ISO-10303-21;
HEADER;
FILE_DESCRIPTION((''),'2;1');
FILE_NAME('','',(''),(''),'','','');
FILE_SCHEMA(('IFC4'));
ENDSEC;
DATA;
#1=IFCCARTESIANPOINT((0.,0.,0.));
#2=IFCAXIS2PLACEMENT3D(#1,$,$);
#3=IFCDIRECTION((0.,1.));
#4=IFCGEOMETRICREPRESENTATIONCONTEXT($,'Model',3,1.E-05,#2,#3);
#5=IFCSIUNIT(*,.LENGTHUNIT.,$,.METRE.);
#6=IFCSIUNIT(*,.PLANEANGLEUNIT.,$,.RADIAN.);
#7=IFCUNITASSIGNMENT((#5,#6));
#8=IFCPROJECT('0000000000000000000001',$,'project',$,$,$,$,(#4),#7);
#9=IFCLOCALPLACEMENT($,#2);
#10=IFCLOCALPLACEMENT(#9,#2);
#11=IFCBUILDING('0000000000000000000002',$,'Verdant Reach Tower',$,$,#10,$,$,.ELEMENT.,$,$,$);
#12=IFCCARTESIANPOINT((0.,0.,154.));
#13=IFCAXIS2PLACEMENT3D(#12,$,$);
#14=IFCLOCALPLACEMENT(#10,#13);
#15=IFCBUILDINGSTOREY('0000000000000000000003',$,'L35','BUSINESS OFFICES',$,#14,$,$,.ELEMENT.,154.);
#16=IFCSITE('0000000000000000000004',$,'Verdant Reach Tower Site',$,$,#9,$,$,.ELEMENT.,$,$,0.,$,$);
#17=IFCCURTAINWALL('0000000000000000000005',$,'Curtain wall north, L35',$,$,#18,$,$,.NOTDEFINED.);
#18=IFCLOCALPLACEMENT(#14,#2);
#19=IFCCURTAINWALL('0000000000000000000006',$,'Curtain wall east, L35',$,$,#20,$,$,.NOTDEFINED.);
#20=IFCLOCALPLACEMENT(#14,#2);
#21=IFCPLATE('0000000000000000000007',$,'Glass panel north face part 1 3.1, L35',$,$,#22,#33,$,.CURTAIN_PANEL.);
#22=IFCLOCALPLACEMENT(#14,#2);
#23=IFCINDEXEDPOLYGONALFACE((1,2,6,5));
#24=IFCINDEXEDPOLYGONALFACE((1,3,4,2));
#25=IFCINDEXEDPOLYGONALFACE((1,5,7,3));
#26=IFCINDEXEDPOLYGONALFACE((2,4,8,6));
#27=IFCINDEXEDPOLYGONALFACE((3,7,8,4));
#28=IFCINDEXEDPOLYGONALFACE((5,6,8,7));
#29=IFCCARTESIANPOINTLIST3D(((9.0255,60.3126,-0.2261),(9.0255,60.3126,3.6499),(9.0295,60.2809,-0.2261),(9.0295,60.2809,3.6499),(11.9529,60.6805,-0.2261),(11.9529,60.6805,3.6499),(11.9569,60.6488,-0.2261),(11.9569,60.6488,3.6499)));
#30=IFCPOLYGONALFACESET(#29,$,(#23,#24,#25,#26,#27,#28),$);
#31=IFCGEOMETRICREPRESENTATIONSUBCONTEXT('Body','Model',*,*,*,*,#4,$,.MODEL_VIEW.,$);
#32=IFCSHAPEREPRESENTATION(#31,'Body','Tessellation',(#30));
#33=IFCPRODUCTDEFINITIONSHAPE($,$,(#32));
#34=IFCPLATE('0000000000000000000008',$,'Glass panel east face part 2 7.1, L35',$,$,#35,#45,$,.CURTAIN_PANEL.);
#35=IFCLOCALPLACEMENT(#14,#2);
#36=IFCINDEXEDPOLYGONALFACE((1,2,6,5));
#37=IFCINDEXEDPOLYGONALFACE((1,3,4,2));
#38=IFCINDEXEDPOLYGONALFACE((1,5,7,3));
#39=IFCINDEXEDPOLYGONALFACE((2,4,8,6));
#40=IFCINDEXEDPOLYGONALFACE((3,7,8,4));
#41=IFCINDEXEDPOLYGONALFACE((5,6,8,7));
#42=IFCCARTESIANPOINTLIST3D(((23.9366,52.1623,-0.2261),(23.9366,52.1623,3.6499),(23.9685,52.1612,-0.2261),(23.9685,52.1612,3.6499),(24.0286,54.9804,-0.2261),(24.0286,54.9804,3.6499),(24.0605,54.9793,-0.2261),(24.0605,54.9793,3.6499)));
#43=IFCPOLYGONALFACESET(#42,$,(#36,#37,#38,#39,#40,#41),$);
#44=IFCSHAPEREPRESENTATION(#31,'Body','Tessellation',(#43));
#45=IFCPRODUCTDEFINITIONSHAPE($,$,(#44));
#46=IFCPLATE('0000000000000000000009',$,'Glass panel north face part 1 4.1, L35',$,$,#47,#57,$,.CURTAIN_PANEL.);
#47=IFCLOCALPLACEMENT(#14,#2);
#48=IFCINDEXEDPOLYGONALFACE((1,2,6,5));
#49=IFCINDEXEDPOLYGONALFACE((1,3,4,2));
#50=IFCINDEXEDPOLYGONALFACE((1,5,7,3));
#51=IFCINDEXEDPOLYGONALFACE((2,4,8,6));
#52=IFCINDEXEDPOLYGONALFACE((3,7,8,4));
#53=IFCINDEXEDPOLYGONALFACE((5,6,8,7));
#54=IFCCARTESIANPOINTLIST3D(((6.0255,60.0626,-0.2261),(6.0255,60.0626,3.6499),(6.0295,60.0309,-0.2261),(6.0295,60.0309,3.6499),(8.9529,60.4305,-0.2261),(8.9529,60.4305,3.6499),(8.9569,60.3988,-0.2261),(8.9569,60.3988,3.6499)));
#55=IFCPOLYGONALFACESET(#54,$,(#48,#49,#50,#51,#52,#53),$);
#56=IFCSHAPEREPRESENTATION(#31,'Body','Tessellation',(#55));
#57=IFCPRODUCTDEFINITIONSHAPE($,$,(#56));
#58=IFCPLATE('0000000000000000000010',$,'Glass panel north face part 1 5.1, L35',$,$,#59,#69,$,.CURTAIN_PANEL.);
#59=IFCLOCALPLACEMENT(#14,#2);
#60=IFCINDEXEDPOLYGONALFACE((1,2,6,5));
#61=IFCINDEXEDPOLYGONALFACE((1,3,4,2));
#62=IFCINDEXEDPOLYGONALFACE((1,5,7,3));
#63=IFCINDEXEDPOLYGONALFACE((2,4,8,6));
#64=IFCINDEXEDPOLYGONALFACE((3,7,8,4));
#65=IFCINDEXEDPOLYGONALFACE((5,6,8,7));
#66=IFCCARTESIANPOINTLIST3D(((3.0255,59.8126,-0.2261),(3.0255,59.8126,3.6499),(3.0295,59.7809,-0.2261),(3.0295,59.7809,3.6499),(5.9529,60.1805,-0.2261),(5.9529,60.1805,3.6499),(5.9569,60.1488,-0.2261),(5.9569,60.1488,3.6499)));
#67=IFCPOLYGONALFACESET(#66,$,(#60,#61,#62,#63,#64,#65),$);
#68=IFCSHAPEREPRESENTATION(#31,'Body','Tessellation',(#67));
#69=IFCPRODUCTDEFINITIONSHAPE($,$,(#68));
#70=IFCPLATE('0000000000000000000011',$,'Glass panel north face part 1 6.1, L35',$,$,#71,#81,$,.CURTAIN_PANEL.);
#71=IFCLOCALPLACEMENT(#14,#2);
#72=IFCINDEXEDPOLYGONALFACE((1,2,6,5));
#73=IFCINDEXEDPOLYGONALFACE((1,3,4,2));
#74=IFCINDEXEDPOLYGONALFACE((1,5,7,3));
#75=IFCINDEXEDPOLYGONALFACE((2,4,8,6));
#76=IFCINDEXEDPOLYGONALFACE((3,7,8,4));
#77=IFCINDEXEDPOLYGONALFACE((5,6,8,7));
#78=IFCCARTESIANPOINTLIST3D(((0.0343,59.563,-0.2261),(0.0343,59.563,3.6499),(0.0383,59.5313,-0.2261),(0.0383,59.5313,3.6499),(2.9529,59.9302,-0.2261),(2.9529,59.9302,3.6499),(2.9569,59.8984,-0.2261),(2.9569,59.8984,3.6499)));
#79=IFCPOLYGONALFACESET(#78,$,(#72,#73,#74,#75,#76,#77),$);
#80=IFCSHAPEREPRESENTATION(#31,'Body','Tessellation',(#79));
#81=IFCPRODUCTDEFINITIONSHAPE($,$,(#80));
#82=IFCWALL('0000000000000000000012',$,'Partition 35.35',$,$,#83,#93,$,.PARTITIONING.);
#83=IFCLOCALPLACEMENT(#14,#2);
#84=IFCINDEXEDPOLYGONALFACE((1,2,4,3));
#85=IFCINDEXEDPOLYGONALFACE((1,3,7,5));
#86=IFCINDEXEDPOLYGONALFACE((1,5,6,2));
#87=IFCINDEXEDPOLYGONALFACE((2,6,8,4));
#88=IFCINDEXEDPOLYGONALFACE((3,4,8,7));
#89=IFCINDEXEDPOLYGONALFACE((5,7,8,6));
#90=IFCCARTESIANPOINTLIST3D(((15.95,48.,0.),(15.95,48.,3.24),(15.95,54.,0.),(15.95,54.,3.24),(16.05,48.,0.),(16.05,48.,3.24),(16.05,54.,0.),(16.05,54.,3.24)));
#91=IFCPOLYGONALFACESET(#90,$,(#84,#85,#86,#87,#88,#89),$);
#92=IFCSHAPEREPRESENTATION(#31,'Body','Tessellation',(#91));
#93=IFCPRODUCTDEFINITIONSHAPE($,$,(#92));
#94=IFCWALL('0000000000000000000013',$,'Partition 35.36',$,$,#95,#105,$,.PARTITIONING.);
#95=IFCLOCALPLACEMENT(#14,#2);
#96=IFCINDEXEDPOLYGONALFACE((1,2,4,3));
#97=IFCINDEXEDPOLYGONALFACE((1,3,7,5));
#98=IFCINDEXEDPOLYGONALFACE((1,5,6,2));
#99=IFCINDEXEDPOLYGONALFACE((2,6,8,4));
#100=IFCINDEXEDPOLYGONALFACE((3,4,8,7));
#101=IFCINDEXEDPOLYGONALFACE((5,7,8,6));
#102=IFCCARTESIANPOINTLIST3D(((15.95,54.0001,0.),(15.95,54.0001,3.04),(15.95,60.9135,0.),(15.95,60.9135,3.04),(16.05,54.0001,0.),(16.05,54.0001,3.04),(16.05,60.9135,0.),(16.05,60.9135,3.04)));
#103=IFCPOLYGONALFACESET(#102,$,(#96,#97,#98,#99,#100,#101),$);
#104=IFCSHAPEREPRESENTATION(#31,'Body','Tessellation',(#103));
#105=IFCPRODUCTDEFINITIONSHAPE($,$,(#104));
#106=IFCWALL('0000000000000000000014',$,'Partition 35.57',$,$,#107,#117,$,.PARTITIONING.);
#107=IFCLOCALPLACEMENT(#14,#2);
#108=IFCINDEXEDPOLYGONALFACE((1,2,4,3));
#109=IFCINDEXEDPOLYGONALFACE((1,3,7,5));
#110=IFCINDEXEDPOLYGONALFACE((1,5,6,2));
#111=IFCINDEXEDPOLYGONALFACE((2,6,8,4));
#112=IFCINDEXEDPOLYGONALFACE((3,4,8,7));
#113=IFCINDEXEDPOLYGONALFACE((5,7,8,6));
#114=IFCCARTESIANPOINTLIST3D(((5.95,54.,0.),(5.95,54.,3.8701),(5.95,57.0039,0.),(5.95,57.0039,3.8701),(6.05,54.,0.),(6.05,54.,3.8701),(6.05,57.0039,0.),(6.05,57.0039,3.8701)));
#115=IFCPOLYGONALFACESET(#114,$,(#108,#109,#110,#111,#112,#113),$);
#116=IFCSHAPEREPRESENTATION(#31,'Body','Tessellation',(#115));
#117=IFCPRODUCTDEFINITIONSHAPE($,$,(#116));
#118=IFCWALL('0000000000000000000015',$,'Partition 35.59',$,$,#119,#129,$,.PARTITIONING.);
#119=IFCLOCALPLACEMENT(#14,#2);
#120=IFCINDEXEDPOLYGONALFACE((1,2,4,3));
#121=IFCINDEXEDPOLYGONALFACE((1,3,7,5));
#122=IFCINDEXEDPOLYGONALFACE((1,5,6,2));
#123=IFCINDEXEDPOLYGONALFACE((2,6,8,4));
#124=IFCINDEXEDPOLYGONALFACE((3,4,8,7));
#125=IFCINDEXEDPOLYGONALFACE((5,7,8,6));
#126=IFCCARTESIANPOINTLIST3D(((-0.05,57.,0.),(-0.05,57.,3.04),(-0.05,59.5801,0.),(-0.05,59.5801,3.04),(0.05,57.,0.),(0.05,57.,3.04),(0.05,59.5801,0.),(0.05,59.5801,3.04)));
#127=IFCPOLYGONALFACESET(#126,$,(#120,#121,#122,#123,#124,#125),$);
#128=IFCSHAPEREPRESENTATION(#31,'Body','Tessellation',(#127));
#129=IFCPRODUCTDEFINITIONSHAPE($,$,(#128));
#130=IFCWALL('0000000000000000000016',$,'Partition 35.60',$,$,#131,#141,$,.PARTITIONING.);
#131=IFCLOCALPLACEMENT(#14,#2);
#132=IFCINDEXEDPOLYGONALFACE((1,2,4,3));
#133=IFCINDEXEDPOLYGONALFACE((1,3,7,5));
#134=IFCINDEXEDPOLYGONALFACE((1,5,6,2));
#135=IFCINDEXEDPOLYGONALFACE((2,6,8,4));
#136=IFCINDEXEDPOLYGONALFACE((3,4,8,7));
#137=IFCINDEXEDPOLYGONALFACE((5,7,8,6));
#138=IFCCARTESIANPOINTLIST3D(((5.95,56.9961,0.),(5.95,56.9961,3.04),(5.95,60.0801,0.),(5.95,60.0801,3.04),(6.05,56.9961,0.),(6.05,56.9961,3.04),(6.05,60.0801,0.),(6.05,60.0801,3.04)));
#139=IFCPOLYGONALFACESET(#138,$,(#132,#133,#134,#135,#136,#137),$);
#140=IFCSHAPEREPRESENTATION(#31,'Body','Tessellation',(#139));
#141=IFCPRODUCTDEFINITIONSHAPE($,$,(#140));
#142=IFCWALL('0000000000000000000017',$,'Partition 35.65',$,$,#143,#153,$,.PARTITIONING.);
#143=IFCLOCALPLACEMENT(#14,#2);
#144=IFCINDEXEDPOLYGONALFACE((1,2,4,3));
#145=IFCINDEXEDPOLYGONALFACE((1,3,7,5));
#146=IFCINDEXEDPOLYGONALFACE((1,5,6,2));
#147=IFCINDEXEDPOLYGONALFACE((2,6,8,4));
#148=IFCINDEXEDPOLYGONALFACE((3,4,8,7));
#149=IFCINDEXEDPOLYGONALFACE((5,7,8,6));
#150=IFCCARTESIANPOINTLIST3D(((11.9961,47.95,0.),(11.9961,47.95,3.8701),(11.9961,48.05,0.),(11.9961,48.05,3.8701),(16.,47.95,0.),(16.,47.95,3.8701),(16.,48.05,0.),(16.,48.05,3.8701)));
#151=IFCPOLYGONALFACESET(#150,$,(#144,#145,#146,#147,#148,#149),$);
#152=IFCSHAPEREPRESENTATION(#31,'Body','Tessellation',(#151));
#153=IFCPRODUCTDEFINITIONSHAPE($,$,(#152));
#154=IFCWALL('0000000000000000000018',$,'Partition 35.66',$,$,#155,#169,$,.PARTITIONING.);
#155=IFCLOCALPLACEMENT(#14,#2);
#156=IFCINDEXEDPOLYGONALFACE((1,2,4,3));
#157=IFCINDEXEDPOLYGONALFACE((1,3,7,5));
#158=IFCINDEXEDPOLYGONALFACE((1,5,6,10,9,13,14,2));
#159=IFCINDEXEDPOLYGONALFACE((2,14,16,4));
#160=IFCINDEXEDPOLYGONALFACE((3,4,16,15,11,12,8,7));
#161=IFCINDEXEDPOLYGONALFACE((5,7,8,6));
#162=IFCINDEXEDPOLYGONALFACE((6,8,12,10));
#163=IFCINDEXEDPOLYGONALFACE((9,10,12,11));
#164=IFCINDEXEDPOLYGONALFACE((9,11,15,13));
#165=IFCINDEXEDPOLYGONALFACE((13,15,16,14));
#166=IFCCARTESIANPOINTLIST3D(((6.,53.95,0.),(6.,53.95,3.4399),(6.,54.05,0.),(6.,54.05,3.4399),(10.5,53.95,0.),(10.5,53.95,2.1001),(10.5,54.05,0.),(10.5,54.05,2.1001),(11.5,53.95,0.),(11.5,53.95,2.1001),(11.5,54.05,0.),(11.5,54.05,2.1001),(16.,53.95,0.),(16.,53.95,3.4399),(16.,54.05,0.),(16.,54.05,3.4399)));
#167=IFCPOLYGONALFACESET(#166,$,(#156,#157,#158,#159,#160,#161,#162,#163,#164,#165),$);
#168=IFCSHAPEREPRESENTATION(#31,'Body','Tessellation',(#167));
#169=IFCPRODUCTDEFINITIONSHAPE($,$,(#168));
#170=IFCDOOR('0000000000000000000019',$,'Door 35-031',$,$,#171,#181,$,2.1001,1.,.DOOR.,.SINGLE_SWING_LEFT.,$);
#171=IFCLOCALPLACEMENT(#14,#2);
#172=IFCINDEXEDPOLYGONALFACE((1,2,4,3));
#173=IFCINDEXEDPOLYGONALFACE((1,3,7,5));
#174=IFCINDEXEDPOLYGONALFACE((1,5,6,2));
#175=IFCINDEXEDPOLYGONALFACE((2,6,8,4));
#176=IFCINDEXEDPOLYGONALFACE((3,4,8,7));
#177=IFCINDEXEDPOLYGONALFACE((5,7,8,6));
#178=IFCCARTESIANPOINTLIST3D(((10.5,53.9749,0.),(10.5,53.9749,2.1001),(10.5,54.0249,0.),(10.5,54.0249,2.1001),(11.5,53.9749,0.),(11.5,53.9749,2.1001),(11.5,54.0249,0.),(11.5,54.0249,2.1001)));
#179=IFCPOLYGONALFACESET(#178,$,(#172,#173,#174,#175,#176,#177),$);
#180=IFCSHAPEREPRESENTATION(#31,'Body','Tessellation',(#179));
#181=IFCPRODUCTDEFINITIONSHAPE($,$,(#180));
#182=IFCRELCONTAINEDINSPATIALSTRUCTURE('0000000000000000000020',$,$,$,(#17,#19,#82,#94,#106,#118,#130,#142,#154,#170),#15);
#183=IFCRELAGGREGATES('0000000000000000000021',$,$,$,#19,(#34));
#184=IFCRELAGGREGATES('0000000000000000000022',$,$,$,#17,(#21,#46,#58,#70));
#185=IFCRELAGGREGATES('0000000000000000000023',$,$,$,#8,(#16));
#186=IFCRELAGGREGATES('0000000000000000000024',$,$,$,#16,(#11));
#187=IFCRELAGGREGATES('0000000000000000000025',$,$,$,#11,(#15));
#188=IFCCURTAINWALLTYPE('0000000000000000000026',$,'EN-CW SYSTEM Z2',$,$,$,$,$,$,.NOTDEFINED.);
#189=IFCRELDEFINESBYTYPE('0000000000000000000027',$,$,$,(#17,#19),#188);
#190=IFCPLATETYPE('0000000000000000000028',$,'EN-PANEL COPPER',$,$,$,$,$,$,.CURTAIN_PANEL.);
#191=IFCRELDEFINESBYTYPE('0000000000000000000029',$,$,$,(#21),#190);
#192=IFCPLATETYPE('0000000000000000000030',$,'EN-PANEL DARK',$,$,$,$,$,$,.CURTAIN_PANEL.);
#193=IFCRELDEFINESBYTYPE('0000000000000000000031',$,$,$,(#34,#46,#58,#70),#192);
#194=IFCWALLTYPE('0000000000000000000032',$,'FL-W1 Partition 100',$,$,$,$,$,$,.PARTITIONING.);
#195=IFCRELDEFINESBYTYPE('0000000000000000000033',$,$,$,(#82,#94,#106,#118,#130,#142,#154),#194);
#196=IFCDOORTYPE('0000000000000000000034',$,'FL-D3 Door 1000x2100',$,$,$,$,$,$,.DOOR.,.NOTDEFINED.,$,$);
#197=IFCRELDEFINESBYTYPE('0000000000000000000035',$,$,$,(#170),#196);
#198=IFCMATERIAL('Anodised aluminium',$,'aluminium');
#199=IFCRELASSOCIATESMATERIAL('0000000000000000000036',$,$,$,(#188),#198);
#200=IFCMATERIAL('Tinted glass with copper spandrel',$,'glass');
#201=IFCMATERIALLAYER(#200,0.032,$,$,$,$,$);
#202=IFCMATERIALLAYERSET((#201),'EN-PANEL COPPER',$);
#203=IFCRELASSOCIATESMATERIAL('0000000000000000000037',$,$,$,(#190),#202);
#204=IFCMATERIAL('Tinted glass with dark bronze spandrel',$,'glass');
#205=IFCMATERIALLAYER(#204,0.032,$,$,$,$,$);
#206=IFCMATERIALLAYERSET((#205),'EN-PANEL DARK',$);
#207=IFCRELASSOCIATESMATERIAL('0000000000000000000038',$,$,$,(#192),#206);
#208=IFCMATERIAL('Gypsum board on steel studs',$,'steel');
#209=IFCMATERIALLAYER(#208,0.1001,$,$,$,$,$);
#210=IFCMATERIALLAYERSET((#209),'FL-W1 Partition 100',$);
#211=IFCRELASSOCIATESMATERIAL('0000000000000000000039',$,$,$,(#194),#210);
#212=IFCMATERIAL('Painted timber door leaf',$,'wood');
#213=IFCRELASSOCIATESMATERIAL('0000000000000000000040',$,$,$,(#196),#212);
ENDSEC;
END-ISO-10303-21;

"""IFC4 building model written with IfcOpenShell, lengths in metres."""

from ifc_helpers import new_model, si_unit, direction, frame, frame_2d, origin, origin_2d, place, context, subcontext, project, spatial, rectangle, extrude, material, layer, layer_set, type_object, element, fill, aggregate, save


model = new_model("IFC4")

# Units and contexts
model_context = context("Model", 3, precision=1e-05, world=origin(), true_north=direction((0.0, 1.0)))
body_context = subcontext(model_context, "Body", "Model", "MODEL_VIEW")
ifc_project = project(units=[si_unit("LENGTHUNIT", "METRE"), si_unit("PLANEANGLEUNIT", "RADIAN")], contexts=[model_context])

# Site, building, storey
site_placement = place(None, origin())
site = spatial("IfcSite", under=ifc_project, at=site_placement, Name="Verdant Reach Tower Site", CompositionType="ELEMENT", RefElevation=0.0)
building_placement = place(site_placement, origin())
building = spatial("IfcBuilding", under=site, at=building_placement, Name="Verdant Reach Tower", CompositionType="ELEMENT")
storey_placement = place(building_placement, frame((0.0, 0.0, 154.0)))
storey = spatial("IfcBuildingStorey", under=building, at=storey_placement, Name="L35", Description="BUSINESS OFFICES", CompositionType="ELEMENT", Elevation=154.0)

# Curtain wall
ifc_material_1 = material(Name="Anodised aluminium", Category="aluminium")
curtain_wall_type = type_object("IfcCurtainWallType", Name="EN-CW SYSTEM Z2", PredefinedType="NOTDEFINED", material=ifc_material_1)
curtain_wall_1_placement = place(storey_placement, origin())
curtain_wall_1 = element("IfcCurtainWall", 1, at=curtain_wall_1_placement, inside=storey, type_object=curtain_wall_type, Name="Curtain wall north, L35", PredefinedType="NOTDEFINED")

# Curtain wall
curtain_wall_2_placement = place(storey_placement, origin())
curtain_wall_2 = element("IfcCurtainWall", 2, at=curtain_wall_2_placement, inside=storey, type_object=curtain_wall_type, Name="Curtain wall east, L35", PredefinedType="NOTDEFINED")
ifc_material_2 = material(Name="Tinted glass with copper spandrel", Category="glass")
ifc_layer_1 = layer(ifc_material_2, 0.032)
ifc_layer_set_1 = layer_set([ifc_layer_1], Name="EN-PANEL COPPER")
plate_type_1 = type_object("IfcPlateType", Name="EN-PANEL COPPER", PredefinedType="CURTAIN_PANEL", material=ifc_layer_set_1)

# Plates
plate_1_placement = place(storey_placement, frame((10.4912, 60.4807, -0.2261), z_axis=(0.0, 0.0, 1.0), x_axis=(-0.992194, -0.124704, 0.0)))
plate_1 = element("IfcPlate", 3, at=plate_1_placement, type_object=plate_type_1, Name="Glass panel north face part 1 3.1, L35", PredefinedType="CURTAIN_PANEL", context=body_context, shape_type="SweptSolid", body=[
    extrude(rectangle(XDim=2.9504, YDim=0.032, at=origin_2d()), origin(), (0.0, 0.0, 1.0), 3.876),
])
ifc_material_3 = material(Name="Tinted glass with dark bronze spandrel", Category="glass")
ifc_layer_2 = layer(ifc_material_3, 0.032)
ifc_layer_set_2 = layer_set([ifc_layer_2], Name="EN-PANEL DARK")
plate_type_2 = type_object("IfcPlateType", Name="EN-PANEL DARK", PredefinedType="CURTAIN_PANEL", material=ifc_layer_set_2)
plate_2_placement = place(storey_placement, frame((23.9985, 53.5708, -0.2261), z_axis=(0.0, 0.0, 1.0), x_axis=(0.032628, 0.999468, 0.0)))
plate_2 = element("IfcPlate", 4, at=plate_2_placement, type_object=plate_type_2, Name="Glass panel east face part 2 7.1, L35", PredefinedType="CURTAIN_PANEL", context=body_context, shape_type="SweptSolid", body=[
    extrude(rectangle(XDim=2.8196, YDim=0.032, at=origin_2d()), origin(), (0.0, 0.0, 1.0), 3.876),
])
aggregate(curtain_wall_2, [plate_2])
plate_3_placement = place(storey_placement, frame((7.4912, 60.2307, -0.2261), z_axis=(0.0, 0.0, 1.0), x_axis=(-0.992194, -0.124704, 0.0)))
plate_3 = element("IfcPlate", 5, at=plate_3_placement, type_object=plate_type_2, Name="Glass panel north face part 1 4.1, L35", PredefinedType="CURTAIN_PANEL", context=body_context, shape_type="SweptSolid", body=[
    extrude(rectangle(XDim=2.9504, YDim=0.032, at=origin_2d()), origin(), (0.0, 0.0, 1.0), 3.876),
])
plate_4_placement = place(storey_placement, frame((4.4912, 59.9807, -0.2261), z_axis=(0.0, 0.0, 1.0), x_axis=(-0.992194, -0.124704, 0.0)))
plate_4 = element("IfcPlate", 6, at=plate_4_placement, type_object=plate_type_2, Name="Glass panel north face part 1 5.1, L35", PredefinedType="CURTAIN_PANEL", context=body_context, shape_type="SweptSolid", body=[
    extrude(rectangle(XDim=2.9504, YDim=0.032, at=origin_2d()), origin(), (0.0, 0.0, 1.0), 3.876),
])
plate_5_placement = place(storey_placement, frame((1.4956, 59.7307, -0.2261), z_axis=(0.0, 0.0, 1.0), x_axis=(-0.992179, -0.124825, 0.0)))
plate_5 = element("IfcPlate", 7, at=plate_5_placement, type_object=plate_type_2, Name="Glass panel north face part 1 6.1, L35", PredefinedType="CURTAIN_PANEL", context=body_context, shape_type="SweptSolid", body=[
    extrude(rectangle(XDim=2.9417, YDim=0.032, at=origin_2d()), origin(), (0.0, 0.0, 1.0), 3.876),
])
aggregate(curtain_wall_1, [plate_1, plate_3, plate_4, plate_5])

# Walls
ifc_material_4 = material(Name="Gypsum board on steel studs", Category="steel")
ifc_layer_3 = layer(ifc_material_4, 0.1001)
ifc_layer_set_3 = layer_set([ifc_layer_3], Name="FL-W1 Partition 100")
wall_type = type_object("IfcWallType", Name="FL-W1 Partition 100", PredefinedType="PARTITIONING", material=ifc_layer_set_3)
wall_1_placement = place(storey_placement, frame((16.0, 54.0, 0.0), z_axis=(0.0, 0.0, 1.0), x_axis=(0.0, -1.0, 0.0)))
element("IfcWall", 8, at=wall_1_placement, inside=storey, type_object=wall_type, Name="Partition 35.35", PredefinedType="PARTITIONING", context=body_context, shape_type="SweptSolid", body=[
    extrude(rectangle(XDim=6.0, YDim=0.1001, at=frame_2d((3.0, 0.0))), origin(), (0.0, 0.0, 1.0), 3.24),
])
wall_2_placement = place(storey_placement, frame((16.0, 60.9133, 0.0), z_axis=(0.0, 0.0, 1.0), x_axis=(0.0, -1.0, 0.0)))
element("IfcWall", 9, at=wall_2_placement, inside=storey, type_object=wall_type, Name="Partition 35.36", PredefinedType="PARTITIONING", context=body_context, shape_type="SweptSolid", body=[
    extrude(rectangle(XDim=6.9133, YDim=0.1001, at=frame_2d((3.4565, 0.0))), origin(), (0.0, 0.0, 1.0), 3.04),
])
wall_3_placement = place(storey_placement, frame((6.0, 54.0, 0.0), z_axis=(0.0, 0.0, 1.0), x_axis=(0.0, 1.0, 0.0)))
element("IfcWall", 10, at=wall_3_placement, inside=storey, type_object=wall_type, Name="Partition 35.57", PredefinedType="PARTITIONING", context=body_context, shape_type="SweptSolid", body=[
    extrude(rectangle(XDim=3.0039, YDim=0.1001, at=frame_2d((1.502, 0.0))), origin(), (0.0, 0.0, 1.0), 3.8701),
])
wall_4_placement = place(storey_placement, frame((0.0, 57.0, 0.0), z_axis=(0.0, 0.0, 1.0), x_axis=(0.0, 1.0, 0.0)))
element("IfcWall", 11, at=wall_4_placement, inside=storey, type_object=wall_type, Name="Partition 35.59", PredefinedType="PARTITIONING", context=body_context, shape_type="SweptSolid", body=[
    extrude(rectangle(XDim=2.5801, YDim=0.1001, at=frame_2d((1.29, 0.0))), origin(), (0.0, 0.0, 1.0), 3.04),
])
wall_5_placement = place(storey_placement, frame((6.0, 56.9961, 0.0), z_axis=(0.0, 0.0, 1.0), x_axis=(0.0, 1.0, 0.0)))
element("IfcWall", 12, at=wall_5_placement, inside=storey, type_object=wall_type, Name="Partition 35.60", PredefinedType="PARTITIONING", context=body_context, shape_type="SweptSolid", body=[
    extrude(rectangle(XDim=3.084, YDim=0.1001, at=frame_2d((1.542, 0.0))), origin(), (0.0, 0.0, 1.0), 3.04),
])
wall_6_placement = place(storey_placement, frame((16.0, 48.0, 0.0), z_axis=(0.0, 0.0, 1.0), x_axis=(-1.0, 0.0, 0.0)))
element("IfcWall", 13, at=wall_6_placement, inside=storey, type_object=wall_type, Name="Partition 35.65", PredefinedType="PARTITIONING", context=body_context, shape_type="SweptSolid", body=[
    extrude(rectangle(XDim=4.0039, YDim=0.1001, at=frame_2d((2.002, 0.0))), origin(), (0.0, 0.0, 1.0), 3.8701),
])

# Wall, opening, door
wall_7_placement = place(storey_placement, frame((6.0, 54.0, 0.0), z_axis=(0.0, 0.0, 1.0), x_axis=(1.0, 0.0, 0.0)))
wall_7 = element("IfcWall", 14, at=wall_7_placement, inside=storey, type_object=wall_type, Name="Partition 35.66", PredefinedType="PARTITIONING", context=body_context, shape_type="SweptSolid", body=[
    extrude(rectangle(XDim=10.0, YDim=0.1001, at=frame_2d((5.0, 0.0))), origin(), (0.0, 0.0, 1.0), 3.4399),
])
opening_placement = place(wall_7_placement, frame((4.5, 0.0, 0.0)))
opening = element("IfcOpeningElement", 15, at=opening_placement, cuts=wall_7, PredefinedType="OPENING", context=body_context, shape_type="SweptSolid", body=[
    extrude(rectangle(XDim=1.0, YDim=2.1001, at=frame_2d((0.5, 1.05))), frame((0.0, 0.0601, 0.0), z_axis=(0.0, -1.0, 0.0), x_axis=(1.0, 0.0, 0.0)), (0.0, 0.0, 1.0), 0.1201),
])
ifc_material_5 = material(Name="Painted timber door leaf", Category="wood")
door_type = type_object("IfcDoorType", Name="FL-D3 Door 1000x2100", OperationType="NOTDEFINED", PredefinedType="DOOR", material=ifc_material_5)
door_placement = place(opening_placement, origin())
door = element("IfcDoor", 16, at=door_placement, inside=storey, type_object=door_type, Name="Door 35-031", OperationType="SINGLE_SWING_LEFT", OverallHeight=2.1001, OverallWidth=1.0, PredefinedType="DOOR", context=body_context, shape_type="SweptSolid", body=[
    extrude(rectangle(XDim=1.0, YDim=2.1001, at=frame_2d((0.5, 1.05))), frame((0.0, 0.0249, 0.0), z_axis=(0.0, -1.0, 0.0), x_axis=(1.0, 0.0, 0.0)), (0.0, 0.0, 1.0), 0.05),
])
fill(opening, door)

save(model, "model.ifc")
